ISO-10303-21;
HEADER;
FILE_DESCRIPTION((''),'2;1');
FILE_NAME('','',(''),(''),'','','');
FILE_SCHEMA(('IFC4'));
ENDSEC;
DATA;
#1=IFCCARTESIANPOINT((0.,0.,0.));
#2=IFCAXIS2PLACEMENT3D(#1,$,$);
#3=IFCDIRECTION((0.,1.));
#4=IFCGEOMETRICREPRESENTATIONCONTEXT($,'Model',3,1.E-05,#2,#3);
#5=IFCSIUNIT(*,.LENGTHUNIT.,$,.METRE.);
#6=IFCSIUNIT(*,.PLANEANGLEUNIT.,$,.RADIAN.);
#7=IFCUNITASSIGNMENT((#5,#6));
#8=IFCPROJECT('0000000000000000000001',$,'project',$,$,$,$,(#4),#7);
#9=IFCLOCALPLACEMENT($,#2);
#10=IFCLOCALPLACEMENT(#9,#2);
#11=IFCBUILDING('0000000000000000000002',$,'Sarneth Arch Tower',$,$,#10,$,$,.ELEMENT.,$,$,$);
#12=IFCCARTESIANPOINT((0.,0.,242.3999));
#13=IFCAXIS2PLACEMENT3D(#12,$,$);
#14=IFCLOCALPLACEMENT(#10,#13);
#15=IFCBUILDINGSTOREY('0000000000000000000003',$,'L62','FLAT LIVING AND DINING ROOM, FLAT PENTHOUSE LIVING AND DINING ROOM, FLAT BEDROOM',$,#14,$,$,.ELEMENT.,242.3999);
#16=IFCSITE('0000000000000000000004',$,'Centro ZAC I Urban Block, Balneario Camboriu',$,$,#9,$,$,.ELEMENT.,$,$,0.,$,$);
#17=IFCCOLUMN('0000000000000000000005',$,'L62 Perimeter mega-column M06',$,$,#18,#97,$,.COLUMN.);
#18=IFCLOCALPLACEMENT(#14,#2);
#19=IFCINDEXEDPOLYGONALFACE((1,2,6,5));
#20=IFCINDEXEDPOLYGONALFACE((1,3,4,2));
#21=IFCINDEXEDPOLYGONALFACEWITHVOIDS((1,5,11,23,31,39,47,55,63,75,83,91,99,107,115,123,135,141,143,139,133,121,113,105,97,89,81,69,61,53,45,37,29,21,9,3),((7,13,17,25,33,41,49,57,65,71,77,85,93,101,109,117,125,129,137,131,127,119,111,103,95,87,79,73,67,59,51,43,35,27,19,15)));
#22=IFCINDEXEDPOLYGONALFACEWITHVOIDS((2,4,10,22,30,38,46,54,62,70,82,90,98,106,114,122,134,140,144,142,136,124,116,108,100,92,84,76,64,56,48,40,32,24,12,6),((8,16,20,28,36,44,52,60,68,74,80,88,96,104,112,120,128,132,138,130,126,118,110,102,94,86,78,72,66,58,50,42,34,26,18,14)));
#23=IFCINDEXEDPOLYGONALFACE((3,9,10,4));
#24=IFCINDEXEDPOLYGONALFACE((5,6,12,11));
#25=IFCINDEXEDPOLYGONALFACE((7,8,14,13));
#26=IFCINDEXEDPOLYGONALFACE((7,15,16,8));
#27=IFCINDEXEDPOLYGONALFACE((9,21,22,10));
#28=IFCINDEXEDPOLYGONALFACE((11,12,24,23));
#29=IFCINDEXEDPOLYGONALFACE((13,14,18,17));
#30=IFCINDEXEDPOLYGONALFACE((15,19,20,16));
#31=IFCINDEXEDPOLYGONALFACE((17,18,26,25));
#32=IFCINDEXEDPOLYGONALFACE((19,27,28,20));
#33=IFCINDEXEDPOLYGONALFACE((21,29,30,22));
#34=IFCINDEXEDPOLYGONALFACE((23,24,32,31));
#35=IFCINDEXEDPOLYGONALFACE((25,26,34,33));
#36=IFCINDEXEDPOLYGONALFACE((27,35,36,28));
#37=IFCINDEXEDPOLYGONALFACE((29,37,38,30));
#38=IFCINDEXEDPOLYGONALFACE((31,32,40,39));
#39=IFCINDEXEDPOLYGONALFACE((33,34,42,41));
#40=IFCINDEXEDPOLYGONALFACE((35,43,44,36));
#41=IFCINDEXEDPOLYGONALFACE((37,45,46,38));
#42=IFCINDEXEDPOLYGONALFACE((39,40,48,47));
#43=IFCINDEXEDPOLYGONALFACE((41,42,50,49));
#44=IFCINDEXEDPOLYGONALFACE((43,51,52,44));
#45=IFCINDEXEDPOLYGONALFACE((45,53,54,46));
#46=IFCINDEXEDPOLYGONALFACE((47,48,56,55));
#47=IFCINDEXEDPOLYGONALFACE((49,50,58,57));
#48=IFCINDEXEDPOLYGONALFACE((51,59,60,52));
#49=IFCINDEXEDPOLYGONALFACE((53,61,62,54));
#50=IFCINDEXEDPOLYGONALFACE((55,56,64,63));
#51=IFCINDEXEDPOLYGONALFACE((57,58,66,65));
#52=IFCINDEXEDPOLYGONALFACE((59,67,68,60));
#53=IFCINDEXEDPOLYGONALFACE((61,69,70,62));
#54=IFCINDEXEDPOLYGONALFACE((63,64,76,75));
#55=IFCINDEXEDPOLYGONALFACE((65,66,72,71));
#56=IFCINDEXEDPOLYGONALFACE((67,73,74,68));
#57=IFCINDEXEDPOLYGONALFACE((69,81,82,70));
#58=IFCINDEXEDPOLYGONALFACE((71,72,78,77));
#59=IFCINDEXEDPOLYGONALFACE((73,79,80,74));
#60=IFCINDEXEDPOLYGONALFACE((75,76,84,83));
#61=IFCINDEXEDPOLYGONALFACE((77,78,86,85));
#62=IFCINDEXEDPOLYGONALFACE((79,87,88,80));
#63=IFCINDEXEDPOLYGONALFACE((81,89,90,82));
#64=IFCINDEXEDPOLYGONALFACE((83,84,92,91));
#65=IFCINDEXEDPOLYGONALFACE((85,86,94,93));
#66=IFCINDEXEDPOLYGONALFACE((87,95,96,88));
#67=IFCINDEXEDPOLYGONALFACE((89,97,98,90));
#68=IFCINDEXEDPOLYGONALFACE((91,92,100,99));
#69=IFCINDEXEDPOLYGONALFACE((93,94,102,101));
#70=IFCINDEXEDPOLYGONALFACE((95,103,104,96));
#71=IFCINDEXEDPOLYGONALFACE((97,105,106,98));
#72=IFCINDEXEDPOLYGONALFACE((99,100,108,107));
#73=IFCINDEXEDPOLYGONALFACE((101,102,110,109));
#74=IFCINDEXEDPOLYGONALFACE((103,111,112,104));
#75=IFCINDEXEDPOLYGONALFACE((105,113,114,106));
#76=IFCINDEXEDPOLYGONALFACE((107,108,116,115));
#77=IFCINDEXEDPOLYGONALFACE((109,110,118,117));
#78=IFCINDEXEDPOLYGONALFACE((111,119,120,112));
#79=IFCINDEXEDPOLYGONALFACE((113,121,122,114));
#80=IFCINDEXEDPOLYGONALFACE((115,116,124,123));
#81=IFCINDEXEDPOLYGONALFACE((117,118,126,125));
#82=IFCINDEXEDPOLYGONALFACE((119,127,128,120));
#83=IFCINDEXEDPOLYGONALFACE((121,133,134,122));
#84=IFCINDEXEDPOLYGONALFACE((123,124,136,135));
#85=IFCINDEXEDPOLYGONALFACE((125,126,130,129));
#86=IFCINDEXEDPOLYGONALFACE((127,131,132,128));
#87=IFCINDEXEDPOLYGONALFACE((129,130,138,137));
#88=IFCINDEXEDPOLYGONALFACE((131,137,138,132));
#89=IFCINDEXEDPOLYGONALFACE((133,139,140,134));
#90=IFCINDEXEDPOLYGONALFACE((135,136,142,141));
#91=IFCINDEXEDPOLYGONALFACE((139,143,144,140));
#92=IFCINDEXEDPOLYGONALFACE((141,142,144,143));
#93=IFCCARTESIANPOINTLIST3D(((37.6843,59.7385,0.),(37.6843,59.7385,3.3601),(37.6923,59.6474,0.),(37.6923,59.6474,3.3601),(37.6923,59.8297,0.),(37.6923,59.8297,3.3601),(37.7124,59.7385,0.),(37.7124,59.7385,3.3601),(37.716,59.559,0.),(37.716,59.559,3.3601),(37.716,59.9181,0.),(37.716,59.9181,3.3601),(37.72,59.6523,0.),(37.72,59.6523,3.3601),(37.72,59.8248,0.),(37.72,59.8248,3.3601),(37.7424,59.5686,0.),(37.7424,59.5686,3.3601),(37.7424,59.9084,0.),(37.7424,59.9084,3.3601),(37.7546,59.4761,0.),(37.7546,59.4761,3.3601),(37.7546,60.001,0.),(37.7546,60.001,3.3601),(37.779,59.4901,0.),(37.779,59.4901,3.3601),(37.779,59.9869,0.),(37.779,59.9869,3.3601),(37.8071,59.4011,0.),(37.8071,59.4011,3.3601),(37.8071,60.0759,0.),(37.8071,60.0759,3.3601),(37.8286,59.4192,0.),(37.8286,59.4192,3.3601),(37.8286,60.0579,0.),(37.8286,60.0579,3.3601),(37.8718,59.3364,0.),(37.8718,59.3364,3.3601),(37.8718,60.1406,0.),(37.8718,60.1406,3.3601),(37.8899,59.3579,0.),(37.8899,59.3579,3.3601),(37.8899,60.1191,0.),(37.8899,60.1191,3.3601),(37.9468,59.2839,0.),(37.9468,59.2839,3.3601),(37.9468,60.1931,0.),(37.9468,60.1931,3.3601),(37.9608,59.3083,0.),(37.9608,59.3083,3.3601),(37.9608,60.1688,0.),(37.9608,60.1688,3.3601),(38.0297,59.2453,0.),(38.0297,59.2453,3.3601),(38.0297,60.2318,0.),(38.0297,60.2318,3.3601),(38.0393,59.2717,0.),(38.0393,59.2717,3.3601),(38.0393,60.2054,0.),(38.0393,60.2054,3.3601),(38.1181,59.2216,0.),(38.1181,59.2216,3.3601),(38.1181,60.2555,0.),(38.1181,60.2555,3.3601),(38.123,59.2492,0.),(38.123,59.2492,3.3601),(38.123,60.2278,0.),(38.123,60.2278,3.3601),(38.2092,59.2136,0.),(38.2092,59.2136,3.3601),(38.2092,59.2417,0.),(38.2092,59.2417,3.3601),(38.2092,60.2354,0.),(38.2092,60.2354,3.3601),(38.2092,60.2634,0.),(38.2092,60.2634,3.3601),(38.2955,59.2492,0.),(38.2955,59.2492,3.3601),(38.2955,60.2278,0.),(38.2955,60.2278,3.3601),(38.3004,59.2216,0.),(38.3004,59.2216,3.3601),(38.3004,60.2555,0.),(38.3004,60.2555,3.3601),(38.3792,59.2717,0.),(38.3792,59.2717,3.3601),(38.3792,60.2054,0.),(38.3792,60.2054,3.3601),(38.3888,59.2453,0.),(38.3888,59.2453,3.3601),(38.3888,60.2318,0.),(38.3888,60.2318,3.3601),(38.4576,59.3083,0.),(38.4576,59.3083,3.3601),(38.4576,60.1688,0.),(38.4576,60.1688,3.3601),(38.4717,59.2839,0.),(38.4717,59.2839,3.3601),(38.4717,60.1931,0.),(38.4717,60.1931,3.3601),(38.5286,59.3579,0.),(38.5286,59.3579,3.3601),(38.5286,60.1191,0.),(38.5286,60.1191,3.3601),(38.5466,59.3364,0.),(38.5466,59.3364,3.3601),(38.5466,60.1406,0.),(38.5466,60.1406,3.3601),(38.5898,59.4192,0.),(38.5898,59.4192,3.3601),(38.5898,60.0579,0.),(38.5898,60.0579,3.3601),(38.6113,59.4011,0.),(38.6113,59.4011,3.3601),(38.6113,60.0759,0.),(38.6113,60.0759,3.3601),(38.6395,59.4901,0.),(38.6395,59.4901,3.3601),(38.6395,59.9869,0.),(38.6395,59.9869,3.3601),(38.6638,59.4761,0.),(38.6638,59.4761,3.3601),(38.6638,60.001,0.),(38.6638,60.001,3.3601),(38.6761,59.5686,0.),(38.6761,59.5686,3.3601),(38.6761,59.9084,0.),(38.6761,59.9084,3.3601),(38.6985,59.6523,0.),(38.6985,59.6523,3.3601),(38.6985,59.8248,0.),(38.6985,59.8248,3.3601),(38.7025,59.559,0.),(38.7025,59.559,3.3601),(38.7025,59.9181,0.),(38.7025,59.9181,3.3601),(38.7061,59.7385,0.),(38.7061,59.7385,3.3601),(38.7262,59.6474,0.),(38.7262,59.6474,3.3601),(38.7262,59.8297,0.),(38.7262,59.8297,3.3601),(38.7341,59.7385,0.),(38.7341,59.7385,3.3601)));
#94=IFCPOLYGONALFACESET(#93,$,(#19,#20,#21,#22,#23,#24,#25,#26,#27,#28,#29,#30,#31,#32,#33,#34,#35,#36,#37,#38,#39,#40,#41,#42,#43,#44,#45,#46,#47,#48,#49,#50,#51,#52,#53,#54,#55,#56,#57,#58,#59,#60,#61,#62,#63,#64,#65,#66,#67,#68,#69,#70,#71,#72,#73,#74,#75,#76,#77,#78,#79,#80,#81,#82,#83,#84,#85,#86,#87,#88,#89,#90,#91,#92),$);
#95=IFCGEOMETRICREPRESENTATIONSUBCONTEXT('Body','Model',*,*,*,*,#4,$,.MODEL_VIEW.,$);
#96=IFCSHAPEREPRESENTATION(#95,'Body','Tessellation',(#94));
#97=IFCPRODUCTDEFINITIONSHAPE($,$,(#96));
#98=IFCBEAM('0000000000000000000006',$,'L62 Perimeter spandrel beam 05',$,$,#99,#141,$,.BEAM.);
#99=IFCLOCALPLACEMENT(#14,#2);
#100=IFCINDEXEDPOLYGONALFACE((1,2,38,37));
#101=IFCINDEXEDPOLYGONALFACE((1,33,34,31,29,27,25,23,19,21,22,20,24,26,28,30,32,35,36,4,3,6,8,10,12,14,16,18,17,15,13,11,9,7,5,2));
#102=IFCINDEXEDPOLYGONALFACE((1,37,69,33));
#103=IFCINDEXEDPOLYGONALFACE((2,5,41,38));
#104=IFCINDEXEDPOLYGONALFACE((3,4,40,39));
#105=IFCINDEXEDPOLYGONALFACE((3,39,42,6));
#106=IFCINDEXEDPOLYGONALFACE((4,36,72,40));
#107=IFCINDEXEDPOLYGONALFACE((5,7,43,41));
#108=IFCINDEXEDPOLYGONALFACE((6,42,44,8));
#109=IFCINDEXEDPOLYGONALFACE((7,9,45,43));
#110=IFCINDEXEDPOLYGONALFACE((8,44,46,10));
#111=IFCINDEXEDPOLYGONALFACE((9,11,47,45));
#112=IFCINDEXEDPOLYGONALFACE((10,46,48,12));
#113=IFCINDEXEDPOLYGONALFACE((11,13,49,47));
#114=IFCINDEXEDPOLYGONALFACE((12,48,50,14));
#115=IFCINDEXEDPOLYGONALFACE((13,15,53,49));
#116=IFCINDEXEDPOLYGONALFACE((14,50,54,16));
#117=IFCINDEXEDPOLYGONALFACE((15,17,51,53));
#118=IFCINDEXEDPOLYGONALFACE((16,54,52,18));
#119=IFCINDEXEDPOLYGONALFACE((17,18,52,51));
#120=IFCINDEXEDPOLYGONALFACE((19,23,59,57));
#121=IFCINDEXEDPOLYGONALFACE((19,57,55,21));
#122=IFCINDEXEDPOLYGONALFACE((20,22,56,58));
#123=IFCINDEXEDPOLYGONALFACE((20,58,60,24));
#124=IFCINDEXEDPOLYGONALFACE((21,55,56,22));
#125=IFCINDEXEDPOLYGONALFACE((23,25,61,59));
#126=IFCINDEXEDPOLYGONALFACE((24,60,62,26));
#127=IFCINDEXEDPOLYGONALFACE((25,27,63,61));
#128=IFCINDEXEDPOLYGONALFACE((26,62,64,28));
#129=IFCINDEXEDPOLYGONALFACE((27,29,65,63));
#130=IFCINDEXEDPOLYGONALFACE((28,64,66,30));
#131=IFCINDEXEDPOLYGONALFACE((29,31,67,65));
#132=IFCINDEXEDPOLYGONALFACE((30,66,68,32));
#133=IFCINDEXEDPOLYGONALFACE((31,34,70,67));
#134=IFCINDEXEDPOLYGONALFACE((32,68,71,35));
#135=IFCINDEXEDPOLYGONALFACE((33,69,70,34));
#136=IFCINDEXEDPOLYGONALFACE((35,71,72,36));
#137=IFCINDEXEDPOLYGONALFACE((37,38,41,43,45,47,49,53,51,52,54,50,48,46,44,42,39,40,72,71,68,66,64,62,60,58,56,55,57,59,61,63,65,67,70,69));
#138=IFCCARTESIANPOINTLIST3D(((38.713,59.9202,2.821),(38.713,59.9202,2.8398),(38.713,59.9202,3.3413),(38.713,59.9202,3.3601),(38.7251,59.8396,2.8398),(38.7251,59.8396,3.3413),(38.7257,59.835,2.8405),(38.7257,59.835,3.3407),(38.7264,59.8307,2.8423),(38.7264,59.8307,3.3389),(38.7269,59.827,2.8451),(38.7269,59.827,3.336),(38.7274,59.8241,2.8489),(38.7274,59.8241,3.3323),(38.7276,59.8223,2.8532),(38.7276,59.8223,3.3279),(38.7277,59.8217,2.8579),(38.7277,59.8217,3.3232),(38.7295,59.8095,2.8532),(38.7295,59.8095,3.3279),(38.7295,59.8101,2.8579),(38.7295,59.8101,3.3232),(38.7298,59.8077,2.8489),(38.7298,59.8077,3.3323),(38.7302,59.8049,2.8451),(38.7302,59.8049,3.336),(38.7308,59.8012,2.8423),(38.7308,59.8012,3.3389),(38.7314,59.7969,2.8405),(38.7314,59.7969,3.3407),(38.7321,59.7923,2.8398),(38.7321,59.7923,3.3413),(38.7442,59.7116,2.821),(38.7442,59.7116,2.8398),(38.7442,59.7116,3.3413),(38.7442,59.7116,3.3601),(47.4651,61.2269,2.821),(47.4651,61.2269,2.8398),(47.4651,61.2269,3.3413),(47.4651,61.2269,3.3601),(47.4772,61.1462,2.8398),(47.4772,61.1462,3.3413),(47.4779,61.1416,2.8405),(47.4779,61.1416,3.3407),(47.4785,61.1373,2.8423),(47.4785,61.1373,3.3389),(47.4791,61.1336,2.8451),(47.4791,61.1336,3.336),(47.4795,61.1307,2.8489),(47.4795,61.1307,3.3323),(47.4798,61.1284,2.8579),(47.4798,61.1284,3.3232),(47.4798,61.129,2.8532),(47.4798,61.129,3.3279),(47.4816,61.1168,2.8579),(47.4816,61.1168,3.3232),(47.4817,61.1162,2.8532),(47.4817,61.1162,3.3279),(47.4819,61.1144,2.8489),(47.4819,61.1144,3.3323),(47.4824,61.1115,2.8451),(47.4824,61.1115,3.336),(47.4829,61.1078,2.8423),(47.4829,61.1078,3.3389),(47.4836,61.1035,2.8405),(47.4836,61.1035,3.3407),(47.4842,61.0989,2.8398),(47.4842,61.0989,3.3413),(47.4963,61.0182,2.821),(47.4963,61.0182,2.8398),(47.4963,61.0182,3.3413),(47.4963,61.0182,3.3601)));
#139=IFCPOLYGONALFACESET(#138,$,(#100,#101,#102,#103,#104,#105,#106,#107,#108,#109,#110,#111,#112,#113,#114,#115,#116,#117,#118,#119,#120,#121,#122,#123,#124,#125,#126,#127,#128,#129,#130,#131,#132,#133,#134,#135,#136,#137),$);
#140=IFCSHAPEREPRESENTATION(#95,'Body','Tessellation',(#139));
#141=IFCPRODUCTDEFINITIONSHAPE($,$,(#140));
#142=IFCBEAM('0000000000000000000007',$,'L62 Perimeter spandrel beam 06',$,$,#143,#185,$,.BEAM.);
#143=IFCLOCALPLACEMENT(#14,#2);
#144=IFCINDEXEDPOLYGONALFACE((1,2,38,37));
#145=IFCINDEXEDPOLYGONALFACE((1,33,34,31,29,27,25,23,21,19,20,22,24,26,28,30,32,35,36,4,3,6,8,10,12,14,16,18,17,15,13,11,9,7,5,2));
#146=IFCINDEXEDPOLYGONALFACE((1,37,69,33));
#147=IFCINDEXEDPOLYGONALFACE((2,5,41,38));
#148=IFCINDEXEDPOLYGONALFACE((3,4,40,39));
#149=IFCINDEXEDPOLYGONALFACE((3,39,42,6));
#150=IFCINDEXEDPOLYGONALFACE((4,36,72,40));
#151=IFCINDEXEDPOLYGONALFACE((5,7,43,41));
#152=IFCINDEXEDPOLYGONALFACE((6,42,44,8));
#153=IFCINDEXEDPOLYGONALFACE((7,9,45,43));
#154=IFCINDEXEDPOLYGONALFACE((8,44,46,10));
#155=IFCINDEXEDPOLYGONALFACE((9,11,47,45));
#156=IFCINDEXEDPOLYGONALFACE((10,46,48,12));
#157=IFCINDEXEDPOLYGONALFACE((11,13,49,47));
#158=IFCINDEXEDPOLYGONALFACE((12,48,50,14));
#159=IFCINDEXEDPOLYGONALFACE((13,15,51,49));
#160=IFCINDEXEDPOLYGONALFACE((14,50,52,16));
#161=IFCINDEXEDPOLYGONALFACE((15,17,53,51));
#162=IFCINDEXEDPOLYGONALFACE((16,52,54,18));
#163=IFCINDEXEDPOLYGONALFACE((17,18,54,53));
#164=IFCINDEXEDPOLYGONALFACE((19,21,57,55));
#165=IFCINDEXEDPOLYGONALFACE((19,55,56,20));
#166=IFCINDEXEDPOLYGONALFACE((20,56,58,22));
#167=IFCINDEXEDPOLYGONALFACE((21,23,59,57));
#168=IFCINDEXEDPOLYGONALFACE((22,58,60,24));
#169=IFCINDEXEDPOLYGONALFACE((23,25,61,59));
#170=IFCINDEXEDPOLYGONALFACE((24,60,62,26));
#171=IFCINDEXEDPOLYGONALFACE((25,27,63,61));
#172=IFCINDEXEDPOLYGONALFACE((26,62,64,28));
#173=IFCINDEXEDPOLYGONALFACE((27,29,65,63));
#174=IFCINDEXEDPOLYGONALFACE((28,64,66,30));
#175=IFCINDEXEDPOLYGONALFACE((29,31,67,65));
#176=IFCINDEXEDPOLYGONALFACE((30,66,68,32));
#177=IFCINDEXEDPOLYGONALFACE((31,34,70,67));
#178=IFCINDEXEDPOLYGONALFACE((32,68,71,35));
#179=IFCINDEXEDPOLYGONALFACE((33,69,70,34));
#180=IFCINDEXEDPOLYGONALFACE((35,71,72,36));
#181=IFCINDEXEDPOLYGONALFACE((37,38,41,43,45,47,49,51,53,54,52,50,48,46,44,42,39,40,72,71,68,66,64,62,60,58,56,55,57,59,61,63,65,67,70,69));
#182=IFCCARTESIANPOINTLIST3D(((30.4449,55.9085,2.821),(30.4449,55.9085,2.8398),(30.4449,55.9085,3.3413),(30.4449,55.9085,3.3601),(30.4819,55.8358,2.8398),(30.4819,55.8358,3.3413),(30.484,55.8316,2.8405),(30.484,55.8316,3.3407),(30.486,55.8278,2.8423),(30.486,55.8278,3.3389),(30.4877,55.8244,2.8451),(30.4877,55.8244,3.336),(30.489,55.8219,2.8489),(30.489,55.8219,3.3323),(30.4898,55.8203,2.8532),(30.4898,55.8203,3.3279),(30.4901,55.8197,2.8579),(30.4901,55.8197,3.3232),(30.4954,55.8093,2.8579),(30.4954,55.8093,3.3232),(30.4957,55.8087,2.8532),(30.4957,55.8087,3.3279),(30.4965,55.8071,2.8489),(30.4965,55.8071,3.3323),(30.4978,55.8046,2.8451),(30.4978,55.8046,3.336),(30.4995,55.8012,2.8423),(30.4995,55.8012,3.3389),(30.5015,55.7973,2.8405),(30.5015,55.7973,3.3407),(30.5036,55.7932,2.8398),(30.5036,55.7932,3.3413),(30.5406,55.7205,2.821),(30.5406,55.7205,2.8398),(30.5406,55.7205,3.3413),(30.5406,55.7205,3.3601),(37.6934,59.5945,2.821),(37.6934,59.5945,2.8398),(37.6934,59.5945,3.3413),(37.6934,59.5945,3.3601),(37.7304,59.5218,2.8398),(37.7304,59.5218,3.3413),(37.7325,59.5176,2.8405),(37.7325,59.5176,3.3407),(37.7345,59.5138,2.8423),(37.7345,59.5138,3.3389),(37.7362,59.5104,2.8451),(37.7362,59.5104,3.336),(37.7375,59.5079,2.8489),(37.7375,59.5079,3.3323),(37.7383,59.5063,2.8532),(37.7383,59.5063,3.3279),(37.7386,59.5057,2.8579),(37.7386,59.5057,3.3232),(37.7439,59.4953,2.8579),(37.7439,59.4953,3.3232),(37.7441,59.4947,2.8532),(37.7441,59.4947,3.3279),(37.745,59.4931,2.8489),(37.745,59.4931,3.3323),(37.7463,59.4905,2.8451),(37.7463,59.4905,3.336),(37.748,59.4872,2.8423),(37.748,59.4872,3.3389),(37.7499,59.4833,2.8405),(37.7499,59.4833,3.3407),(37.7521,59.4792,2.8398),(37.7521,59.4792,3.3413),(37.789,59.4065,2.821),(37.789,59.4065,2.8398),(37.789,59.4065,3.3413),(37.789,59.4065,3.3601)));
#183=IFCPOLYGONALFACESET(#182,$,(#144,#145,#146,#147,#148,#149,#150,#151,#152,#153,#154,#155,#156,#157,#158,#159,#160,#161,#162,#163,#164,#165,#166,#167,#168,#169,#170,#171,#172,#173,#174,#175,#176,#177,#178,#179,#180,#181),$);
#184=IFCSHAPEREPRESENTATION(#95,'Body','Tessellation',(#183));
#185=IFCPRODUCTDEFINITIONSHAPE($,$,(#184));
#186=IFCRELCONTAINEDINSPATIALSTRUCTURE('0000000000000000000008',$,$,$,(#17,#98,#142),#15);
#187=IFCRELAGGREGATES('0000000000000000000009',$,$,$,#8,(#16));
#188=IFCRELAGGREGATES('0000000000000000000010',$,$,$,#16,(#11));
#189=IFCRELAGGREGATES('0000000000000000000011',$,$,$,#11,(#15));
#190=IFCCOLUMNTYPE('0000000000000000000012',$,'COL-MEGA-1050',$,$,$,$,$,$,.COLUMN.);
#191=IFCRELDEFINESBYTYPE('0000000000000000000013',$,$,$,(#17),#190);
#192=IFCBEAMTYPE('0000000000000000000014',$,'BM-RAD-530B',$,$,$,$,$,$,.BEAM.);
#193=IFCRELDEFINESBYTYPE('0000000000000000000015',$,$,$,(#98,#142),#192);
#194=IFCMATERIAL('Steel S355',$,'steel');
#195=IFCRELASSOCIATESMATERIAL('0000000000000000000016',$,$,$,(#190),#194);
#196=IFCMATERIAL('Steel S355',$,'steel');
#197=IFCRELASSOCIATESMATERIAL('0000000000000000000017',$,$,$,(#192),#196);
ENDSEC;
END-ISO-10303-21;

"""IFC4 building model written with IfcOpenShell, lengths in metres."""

from ifc_helpers import new_model, si_unit, direction, frame, origin, origin_2d, place, context, subcontext, project, spatial, hollow_circle, i_section, extrude, material, material_profile, profile_set, type_object, element, save


model = new_model("IFC4")

# Units and contexts
model_context = context("Model", 3, precision=1e-05, world=origin(), true_north=direction((0.0, 1.0)))
body_context = subcontext(model_context, "Body", "Model", "MODEL_VIEW")
ifc_project = project(units=[si_unit("LENGTHUNIT", "METRE"), si_unit("PLANEANGLEUNIT", "RADIAN")], contexts=[model_context])

# Site, building, storey
site_placement = place(None, origin())
site = spatial("IfcSite", under=ifc_project, at=site_placement, Name="Centro ZAC I Urban Block, Balneario Camboriu", CompositionType="ELEMENT", RefElevation=0.0)
building_placement = place(site_placement, origin())
building = spatial("IfcBuilding", under=site, at=building_placement, Name="Sarneth Arch Tower", CompositionType="ELEMENT")
storey_placement = place(building_placement, frame((0.0, 0.0, 242.3999)))
storey = spatial("IfcBuildingStorey", under=building, at=storey_placement, Name="L62", Description="FLAT LIVING AND DINING ROOM, FLAT PENTHOUSE LIVING AND DINING ROOM, FLAT BEDROOM", CompositionType="ELEMENT", Elevation=242.3999)

# Column
ifc_material_1 = material(Name="Steel S355", Category="steel")
ifc_material_profile_1 = material_profile(ifc_material_1, hollow_circle(Radius=0.5249, WallThickness=0.0281, at=origin_2d()), Name="CHS1050x28")
ifc_profile_set_1 = profile_set([ifc_material_profile_1], Name="Steel S355")
column_type = type_object("IfcColumnType", Name="COL-MEGA-1050", PredefinedType="COLUMN", material=ifc_profile_set_1)
column_placement = place(storey_placement, frame((38.2092, 59.7385, 0.0), z_axis=(0.0, 0.0, 1.0), x_axis=(1.0, 0.0, 0.0)))
element("IfcColumn", 1, at=column_placement, inside=storey, type_object=column_type, Name="L62 Perimeter mega-column M06", PredefinedType="COLUMN", context=body_context, shape_type="SweptSolid", body=[
    extrude(hollow_circle(Radius=0.5249, WallThickness=0.0281, at=origin_2d()), origin(), (0.0, 0.0, 1.0), 3.3601),
])

# Beams
ifc_material_2 = material(Name="Steel S355", Category="steel")
ifc_material_profile_2 = material_profile(ifc_material_2, i_section(OverallWidth=0.2109, OverallDepth=0.5391, WebThickness=0.0117, FlangeThickness=0.0188, FilletRadius=0.0181, at=origin_2d()), Name="W530x109")
ifc_profile_set_2 = profile_set([ifc_material_profile_2], Name="Steel S355")
beam_type = type_object("IfcBeamType", Name="BM-RAD-530B", PredefinedType="BEAM", material=ifc_profile_set_2)
beam_1_placement = place(storey_placement, frame((47.4807, 61.1226, 3.0906), z_axis=(-0.989039, -0.147656, 0.0), x_axis=(0.147656, -0.989039, 0.0)))
element("IfcBeam", 2, at=beam_1_placement, inside=storey, type_object=beam_type, Name="L62 Perimeter spandrel beam 05", PredefinedType="BEAM", context=body_context, shape_type="SweptSolid", body=[
    extrude(i_section(OverallWidth=0.2109, OverallDepth=0.5391, WebThickness=0.0117, FlangeThickness=0.0188, FilletRadius=0.0181, at=origin_2d()), origin(), (0.0, 0.0, 1.0), 8.8491),
])
beam_2_placement = place(storey_placement, frame((37.7412, 59.5005, 3.0906), z_axis=(-0.891368, -0.45328, 0.0), x_axis=(0.45328, -0.891368, 0.0)))
element("IfcBeam", 3, at=beam_2_placement, inside=storey, type_object=beam_type, Name="L62 Perimeter spandrel beam 06", PredefinedType="BEAM", context=body_context, shape_type="SweptSolid", body=[
    extrude(i_section(OverallWidth=0.2109, OverallDepth=0.5391, WebThickness=0.0117, FlangeThickness=0.0188, FilletRadius=0.0181, at=origin_2d()), origin(), (0.0, 0.0, 1.0), 8.1318),
])

save(model, "model.ifc")
